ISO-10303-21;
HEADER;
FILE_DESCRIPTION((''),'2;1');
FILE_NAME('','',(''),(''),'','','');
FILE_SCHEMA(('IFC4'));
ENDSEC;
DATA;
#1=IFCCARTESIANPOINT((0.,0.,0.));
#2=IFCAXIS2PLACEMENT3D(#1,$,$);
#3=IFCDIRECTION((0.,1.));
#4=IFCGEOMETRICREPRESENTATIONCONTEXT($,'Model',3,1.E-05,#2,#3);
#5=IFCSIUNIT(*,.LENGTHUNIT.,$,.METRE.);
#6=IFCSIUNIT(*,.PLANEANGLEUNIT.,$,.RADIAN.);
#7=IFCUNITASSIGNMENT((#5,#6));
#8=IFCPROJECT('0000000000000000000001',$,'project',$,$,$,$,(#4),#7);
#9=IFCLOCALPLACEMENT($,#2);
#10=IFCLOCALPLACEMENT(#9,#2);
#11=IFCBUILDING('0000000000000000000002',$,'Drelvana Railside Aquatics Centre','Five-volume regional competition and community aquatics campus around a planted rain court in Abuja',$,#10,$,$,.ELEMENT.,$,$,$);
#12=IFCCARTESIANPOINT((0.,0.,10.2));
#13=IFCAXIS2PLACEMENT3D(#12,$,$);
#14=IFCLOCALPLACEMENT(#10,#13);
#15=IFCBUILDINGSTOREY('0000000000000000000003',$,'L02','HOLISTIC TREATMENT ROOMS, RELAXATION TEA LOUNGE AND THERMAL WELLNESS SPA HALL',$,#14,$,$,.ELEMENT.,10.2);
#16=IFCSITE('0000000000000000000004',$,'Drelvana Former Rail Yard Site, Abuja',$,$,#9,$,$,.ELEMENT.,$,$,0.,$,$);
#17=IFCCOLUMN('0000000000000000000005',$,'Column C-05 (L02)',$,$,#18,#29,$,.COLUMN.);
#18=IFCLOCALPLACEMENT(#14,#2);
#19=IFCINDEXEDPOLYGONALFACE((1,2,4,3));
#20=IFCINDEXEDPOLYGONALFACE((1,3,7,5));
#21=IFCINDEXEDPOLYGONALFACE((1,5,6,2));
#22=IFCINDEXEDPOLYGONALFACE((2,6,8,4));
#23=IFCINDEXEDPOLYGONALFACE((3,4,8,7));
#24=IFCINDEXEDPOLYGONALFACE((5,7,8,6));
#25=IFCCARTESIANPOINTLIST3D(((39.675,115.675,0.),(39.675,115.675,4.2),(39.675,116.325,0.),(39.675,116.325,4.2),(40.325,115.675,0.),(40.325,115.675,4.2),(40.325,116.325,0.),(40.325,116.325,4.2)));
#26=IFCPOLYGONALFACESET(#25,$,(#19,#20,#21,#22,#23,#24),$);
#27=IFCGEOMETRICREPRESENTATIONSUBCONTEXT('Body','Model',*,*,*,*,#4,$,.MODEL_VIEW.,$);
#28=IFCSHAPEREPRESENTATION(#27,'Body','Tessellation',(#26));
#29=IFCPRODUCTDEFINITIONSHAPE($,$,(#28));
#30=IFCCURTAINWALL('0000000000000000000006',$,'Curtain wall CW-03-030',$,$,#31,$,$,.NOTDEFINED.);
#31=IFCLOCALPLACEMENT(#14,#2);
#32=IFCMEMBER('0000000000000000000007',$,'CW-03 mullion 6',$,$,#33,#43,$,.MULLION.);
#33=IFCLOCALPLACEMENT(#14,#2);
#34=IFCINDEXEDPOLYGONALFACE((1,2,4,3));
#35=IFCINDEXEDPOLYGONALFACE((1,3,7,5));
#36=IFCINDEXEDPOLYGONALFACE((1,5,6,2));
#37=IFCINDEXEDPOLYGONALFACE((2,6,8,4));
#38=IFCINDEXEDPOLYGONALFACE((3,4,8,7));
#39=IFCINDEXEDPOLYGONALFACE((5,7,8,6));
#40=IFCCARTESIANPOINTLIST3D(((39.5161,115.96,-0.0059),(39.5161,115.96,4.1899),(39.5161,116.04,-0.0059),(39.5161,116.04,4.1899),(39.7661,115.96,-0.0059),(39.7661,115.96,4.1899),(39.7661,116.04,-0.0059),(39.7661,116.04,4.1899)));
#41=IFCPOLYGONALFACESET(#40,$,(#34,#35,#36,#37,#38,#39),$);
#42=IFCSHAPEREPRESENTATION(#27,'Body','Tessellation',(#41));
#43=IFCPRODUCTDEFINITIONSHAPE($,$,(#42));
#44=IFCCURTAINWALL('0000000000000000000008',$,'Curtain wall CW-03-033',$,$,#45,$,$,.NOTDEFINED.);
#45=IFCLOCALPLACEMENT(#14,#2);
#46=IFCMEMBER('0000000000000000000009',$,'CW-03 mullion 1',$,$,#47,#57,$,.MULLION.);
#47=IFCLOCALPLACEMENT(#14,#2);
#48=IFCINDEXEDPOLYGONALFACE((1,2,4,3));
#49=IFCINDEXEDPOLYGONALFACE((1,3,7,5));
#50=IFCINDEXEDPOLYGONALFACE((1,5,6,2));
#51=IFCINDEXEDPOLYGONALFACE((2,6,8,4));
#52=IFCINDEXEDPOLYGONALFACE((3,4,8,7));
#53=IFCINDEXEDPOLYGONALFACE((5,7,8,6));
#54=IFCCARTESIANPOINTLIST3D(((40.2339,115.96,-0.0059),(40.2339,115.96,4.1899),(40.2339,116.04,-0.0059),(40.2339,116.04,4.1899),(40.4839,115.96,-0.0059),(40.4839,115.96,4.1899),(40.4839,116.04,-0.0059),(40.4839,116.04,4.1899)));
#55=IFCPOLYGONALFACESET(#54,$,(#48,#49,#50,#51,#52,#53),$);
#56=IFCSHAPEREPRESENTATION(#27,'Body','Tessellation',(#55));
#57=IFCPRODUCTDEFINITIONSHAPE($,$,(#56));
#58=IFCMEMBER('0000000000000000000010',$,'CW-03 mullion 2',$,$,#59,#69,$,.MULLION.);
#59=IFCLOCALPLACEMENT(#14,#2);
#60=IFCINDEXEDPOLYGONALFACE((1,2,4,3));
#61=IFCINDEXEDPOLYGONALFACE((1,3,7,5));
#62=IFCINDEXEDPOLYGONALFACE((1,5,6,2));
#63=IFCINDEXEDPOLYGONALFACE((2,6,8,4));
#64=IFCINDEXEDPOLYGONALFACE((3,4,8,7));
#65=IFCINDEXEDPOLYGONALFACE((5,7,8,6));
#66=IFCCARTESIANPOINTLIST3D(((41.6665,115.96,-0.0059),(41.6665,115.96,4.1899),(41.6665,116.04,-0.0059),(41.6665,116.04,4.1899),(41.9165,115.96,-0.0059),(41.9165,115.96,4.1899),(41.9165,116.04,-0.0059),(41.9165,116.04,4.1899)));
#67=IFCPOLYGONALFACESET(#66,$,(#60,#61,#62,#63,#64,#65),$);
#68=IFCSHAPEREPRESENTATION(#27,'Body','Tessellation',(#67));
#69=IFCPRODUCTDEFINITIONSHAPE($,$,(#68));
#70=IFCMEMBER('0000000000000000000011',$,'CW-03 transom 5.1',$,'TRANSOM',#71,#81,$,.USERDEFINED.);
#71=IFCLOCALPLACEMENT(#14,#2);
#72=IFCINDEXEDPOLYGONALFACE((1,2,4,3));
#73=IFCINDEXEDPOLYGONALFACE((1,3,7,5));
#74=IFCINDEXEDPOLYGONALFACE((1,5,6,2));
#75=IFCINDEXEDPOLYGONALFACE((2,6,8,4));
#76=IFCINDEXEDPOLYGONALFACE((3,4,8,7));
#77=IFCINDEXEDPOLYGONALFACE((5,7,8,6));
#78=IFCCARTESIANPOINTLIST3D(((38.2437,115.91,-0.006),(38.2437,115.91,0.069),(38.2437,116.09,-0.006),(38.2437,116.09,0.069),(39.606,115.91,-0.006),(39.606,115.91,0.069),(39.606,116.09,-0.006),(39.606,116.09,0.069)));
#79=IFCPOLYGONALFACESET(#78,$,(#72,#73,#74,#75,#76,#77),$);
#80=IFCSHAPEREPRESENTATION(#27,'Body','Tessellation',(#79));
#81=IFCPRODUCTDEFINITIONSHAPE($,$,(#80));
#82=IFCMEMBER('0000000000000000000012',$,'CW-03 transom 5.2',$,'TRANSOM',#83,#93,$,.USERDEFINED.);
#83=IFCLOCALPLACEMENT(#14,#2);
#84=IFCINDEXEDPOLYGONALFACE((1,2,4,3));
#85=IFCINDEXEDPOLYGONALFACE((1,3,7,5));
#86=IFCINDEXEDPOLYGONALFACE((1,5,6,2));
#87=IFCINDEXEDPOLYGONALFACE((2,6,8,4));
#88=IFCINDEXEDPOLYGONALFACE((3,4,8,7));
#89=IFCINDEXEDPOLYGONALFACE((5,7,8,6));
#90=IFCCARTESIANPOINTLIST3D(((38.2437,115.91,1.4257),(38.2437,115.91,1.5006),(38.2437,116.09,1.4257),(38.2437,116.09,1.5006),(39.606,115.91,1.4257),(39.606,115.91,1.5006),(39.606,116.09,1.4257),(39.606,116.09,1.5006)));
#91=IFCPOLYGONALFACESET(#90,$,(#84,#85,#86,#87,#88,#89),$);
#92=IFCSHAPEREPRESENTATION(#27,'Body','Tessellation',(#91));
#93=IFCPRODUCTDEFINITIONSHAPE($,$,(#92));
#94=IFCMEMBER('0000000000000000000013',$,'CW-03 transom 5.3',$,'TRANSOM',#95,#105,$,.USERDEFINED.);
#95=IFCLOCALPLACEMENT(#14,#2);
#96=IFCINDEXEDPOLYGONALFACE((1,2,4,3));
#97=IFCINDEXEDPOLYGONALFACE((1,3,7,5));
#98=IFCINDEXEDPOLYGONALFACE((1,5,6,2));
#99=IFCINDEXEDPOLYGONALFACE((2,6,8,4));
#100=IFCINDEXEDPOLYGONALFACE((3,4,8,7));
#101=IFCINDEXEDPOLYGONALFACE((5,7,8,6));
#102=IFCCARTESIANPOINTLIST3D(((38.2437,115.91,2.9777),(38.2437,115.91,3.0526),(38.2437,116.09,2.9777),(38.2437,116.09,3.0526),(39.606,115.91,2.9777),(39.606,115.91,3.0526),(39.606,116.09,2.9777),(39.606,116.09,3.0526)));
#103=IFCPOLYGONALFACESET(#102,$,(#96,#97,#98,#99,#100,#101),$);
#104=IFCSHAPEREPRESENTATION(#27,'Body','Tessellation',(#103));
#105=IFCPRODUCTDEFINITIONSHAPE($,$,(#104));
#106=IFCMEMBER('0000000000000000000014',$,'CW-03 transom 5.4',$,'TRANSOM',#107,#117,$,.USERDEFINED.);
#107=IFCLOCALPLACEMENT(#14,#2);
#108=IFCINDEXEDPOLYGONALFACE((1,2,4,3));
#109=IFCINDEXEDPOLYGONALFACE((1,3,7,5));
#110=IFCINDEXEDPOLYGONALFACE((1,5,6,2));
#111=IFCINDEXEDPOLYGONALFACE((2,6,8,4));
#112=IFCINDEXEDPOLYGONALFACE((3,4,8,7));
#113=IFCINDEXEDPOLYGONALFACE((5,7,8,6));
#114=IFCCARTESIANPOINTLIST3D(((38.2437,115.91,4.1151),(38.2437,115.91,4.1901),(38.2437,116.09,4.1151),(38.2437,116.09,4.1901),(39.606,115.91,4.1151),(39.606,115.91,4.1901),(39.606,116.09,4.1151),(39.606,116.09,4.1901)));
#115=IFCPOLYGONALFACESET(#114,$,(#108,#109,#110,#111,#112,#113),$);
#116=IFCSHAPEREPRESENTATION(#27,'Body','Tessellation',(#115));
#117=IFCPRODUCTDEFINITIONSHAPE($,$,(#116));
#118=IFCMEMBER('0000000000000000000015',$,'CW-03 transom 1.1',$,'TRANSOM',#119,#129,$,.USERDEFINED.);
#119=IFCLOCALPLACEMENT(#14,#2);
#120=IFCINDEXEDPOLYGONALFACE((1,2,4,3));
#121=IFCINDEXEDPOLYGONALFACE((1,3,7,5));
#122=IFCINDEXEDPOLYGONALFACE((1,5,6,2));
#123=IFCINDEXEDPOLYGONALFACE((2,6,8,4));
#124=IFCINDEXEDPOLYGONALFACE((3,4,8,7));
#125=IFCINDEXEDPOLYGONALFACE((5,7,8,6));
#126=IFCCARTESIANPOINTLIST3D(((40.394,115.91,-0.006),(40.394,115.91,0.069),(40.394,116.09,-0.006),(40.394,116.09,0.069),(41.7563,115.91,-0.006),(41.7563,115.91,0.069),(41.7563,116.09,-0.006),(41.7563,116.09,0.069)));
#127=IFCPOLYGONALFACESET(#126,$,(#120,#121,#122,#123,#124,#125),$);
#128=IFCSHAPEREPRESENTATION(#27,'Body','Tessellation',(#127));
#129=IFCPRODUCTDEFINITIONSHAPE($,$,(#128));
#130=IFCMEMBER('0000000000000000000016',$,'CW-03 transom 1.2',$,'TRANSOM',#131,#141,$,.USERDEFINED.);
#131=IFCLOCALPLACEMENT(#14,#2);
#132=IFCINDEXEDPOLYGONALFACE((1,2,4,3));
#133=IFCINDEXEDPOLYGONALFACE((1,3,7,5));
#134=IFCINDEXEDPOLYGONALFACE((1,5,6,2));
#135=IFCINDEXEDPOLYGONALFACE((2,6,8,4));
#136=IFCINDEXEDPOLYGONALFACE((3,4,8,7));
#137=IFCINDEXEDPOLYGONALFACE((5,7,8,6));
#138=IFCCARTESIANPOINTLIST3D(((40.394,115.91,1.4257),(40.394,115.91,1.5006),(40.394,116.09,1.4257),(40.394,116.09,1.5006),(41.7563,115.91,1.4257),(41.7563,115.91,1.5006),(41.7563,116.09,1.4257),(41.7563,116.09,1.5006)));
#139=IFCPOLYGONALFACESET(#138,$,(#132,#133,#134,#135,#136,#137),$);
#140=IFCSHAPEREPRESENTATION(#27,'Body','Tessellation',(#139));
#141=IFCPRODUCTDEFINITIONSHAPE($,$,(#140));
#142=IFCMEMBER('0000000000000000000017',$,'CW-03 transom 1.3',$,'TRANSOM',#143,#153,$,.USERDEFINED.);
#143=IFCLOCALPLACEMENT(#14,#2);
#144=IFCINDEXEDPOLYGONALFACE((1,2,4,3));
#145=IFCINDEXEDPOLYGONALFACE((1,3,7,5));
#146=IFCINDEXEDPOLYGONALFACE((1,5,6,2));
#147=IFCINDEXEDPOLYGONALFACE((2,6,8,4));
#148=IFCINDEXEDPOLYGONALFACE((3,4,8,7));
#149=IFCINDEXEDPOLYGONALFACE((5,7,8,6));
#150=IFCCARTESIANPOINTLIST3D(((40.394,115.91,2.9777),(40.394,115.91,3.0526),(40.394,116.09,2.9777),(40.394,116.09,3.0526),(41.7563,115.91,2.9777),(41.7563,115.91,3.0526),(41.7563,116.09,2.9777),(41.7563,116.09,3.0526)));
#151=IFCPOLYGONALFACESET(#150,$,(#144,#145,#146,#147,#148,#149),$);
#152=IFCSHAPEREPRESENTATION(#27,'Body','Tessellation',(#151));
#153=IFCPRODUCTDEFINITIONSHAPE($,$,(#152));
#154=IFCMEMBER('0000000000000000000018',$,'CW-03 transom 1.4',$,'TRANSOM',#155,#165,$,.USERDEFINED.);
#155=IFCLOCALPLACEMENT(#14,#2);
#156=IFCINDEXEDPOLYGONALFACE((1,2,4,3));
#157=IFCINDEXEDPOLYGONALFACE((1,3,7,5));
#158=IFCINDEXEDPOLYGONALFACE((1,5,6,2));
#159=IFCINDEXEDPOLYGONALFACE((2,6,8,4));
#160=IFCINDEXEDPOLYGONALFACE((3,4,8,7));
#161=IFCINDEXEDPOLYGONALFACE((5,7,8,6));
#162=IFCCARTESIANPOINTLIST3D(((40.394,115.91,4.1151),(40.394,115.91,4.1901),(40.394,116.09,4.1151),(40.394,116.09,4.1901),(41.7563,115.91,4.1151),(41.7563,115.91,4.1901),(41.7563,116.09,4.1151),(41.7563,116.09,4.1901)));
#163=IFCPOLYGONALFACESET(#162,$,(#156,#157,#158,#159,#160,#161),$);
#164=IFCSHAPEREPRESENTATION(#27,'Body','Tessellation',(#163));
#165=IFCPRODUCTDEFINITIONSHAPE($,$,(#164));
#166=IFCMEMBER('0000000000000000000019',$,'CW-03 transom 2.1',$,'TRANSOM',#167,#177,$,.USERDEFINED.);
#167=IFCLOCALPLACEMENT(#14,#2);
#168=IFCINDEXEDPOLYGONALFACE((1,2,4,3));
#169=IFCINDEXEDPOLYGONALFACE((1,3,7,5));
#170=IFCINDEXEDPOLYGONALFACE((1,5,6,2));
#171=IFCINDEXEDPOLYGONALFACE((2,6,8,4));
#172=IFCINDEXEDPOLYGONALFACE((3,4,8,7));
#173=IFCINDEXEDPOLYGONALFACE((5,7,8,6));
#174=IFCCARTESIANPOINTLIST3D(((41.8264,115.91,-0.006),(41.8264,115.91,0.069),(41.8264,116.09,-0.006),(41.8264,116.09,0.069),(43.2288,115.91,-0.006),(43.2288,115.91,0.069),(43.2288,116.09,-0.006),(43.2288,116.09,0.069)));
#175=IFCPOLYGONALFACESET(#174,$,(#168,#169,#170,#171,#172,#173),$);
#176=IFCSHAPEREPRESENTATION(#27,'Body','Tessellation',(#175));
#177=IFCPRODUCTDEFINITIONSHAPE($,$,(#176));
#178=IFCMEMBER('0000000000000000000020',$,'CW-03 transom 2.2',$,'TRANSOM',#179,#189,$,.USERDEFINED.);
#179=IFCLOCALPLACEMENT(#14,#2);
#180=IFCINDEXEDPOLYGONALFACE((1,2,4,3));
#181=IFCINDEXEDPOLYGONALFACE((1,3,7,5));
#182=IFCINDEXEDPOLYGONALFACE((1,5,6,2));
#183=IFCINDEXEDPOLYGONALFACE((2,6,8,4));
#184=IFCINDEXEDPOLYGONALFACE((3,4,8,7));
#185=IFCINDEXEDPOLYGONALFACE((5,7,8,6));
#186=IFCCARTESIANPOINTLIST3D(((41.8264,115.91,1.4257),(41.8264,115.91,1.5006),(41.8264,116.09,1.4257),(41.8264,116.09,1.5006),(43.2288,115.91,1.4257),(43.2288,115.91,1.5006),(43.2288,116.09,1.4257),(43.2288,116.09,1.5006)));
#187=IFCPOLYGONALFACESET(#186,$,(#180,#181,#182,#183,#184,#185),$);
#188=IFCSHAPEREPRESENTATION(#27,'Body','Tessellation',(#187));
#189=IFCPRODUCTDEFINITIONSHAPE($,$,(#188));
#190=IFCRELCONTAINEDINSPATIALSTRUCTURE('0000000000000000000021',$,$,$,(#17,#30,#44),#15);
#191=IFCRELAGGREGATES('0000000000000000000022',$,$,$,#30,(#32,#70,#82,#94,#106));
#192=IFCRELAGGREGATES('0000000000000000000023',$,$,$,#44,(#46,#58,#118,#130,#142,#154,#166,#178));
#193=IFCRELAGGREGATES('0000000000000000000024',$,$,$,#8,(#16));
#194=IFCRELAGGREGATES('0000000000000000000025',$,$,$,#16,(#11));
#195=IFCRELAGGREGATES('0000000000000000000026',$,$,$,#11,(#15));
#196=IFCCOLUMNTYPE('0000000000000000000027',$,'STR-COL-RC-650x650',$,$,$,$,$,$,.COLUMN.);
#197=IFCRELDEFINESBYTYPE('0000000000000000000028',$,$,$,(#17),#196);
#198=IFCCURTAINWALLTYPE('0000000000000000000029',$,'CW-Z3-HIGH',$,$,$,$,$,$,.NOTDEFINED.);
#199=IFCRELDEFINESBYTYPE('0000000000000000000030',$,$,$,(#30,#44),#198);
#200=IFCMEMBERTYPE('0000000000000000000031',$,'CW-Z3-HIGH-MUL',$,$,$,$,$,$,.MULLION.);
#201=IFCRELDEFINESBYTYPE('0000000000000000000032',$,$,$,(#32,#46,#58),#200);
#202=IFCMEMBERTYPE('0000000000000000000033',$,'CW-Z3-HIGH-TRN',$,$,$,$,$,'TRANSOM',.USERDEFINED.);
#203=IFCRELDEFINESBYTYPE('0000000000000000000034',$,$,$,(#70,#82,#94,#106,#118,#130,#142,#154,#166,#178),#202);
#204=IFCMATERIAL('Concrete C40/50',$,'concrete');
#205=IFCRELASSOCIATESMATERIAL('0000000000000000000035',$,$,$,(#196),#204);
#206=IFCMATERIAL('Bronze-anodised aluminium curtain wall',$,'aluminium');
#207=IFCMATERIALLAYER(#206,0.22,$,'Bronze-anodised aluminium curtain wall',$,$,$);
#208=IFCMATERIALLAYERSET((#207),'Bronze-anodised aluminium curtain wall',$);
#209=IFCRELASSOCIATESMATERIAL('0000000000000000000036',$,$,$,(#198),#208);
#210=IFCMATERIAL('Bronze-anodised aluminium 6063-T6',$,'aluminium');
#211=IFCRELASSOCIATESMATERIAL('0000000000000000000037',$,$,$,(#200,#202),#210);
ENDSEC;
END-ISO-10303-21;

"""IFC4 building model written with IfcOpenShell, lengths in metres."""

from ifc_helpers import new_model, si_unit, direction, frame, origin, origin_2d, place, context, subcontext, project, spatial, rectangle, extrude, material, layer, layer_set, material_profile, profile_set, type_object, element, aggregate, save


model = new_model("IFC4")

# Units and contexts
model_context = context("Model", 3, precision=1e-05, world=origin(), true_north=direction((0.0, 1.0)))
body_context = subcontext(model_context, "Body", "Model", "MODEL_VIEW")
ifc_project = project(units=[si_unit("LENGTHUNIT", "METRE"), si_unit("PLANEANGLEUNIT", "RADIAN")], contexts=[model_context])

# Site, building, storey
site_placement = place(None, origin())
site = spatial("IfcSite", under=ifc_project, at=site_placement, Name="Drelvana Former Rail Yard Site, Abuja", CompositionType="ELEMENT", RefElevation=0.0)
building_placement = place(site_placement, origin())
building = spatial("IfcBuilding", under=site, at=building_placement, Name="Drelvana Railside Aquatics Centre", Description="Five-volume regional competition and community aquatics campus around a planted rain court in Abuja", CompositionType="ELEMENT")
storey_placement = place(building_placement, frame((0.0, 0.0, 10.2)))
storey = spatial("IfcBuildingStorey", under=building, at=storey_placement, Name="L02", Description="HOLISTIC TREATMENT ROOMS, RELAXATION TEA LOUNGE AND THERMAL WELLNESS SPA HALL", CompositionType="ELEMENT", Elevation=10.2)

# Column
ifc_material_1 = material(Name="Concrete C40/50", Category="concrete")
ifc_material_profile_1 = material_profile(ifc_material_1, rectangle(XDim=0.6499, YDim=0.6499, at=origin_2d()), Name="RC 650x650")
ifc_profile_set_1 = profile_set([ifc_material_profile_1], Name="Concrete C40/50")
column_type = type_object("IfcColumnType", Name="STR-COL-RC-650x650", PredefinedType="COLUMN", material=ifc_profile_set_1)
column_placement = place(storey_placement, frame((40.0, 116.0, 0.0), z_axis=(0.0, 0.0, 1.0), x_axis=(1.0, 0.0, 0.0)))
element("IfcColumn", 1, at=column_placement, inside=storey, type_object=column_type, Name="Column C-05 (L02)", PredefinedType="COLUMN", context=body_context, shape_type="SweptSolid", body=[
    extrude(rectangle(XDim=0.6499, YDim=0.6499, at=origin_2d()), origin(), (0.0, 0.0, 1.0), 4.2),
])

# Curtain wall, member
ifc_material_2 = material(Name="Bronze-anodised aluminium curtain wall", Category="aluminium")
ifc_layer_1 = layer(ifc_material_2, 0.22, Name="Bronze-anodised aluminium curtain wall")
ifc_layer_set_1 = layer_set([ifc_layer_1], Name="Bronze-anodised aluminium curtain wall")
curtain_wall_type = type_object("IfcCurtainWallType", Name="CW-Z3-HIGH", PredefinedType="NOTDEFINED", material=ifc_layer_set_1)
curtain_wall_1_placement = place(storey_placement, origin())
curtain_wall_1 = element("IfcCurtainWall", 2, at=curtain_wall_1_placement, inside=storey, type_object=curtain_wall_type, Name="Curtain wall CW-03-030", PredefinedType="NOTDEFINED")
ifc_material_3 = material(Name="Bronze-anodised aluminium 6063-T6", Category="aluminium")
ifc_material_profile_2 = material_profile(ifc_material_3, rectangle(XDim=0.0801, YDim=0.25, at=origin_2d()), Name="ALU-M 80x250")
ifc_profile_set_2 = profile_set([ifc_material_profile_2], Name="Bronze-anodised aluminium 6063-T6")
member_type_1 = type_object("IfcMemberType", Name="CW-Z3-HIGH-MUL", PredefinedType="MULLION", material=ifc_profile_set_2)
member_1_placement = place(storey_placement, frame((39.6411, 116.0, -0.0059), z_axis=(0.0, 0.0, 1.0), x_axis=(0.0, 1.0, 0.0)))
member_1 = element("IfcMember", 3, at=member_1_placement, type_object=member_type_1, Name="CW-03 mullion 6", PredefinedType="MULLION", context=body_context, shape_type="SweptSolid", body=[
    extrude(rectangle(XDim=0.0801, YDim=0.25, at=origin_2d()), origin(), (0.0, 0.0, 1.0), 4.1958),
])

# Curtain wall, members
curtain_wall_2_placement = place(storey_placement, origin())
curtain_wall_2 = element("IfcCurtainWall", 4, at=curtain_wall_2_placement, inside=storey, type_object=curtain_wall_type, Name="Curtain wall CW-03-033", PredefinedType="NOTDEFINED")
member_2_placement = place(storey_placement, frame((40.3589, 116.0, -0.0059), z_axis=(0.0, 0.0, 1.0), x_axis=(0.0, 1.0, 0.0)))
member_2 = element("IfcMember", 5, at=member_2_placement, type_object=member_type_1, Name="CW-03 mullion 1", PredefinedType="MULLION", context=body_context, shape_type="SweptSolid", body=[
    extrude(rectangle(XDim=0.0801, YDim=0.25, at=origin_2d()), origin(), (0.0, 0.0, 1.0), 4.1958),
])
member_3_placement = place(storey_placement, frame((41.7915, 116.0, -0.0059), z_axis=(0.0, 0.0, 1.0), x_axis=(0.0, 1.0, 0.0)))
member_3 = element("IfcMember", 6, at=member_3_placement, type_object=member_type_1, Name="CW-03 mullion 2", PredefinedType="MULLION", context=body_context, shape_type="SweptSolid", body=[
    extrude(rectangle(XDim=0.0801, YDim=0.25, at=origin_2d()), origin(), (0.0, 0.0, 1.0), 4.1958),
])

# Members
ifc_material_profile_3 = material_profile(ifc_material_3, rectangle(XDim=0.1799, YDim=0.075, at=origin_2d()), Name="ALU-T 75x180")
ifc_profile_set_3 = profile_set([ifc_material_profile_3], Name="Bronze-anodised aluminium 6063-T6")
member_type_2 = type_object("IfcMemberType", Name="CW-Z3-HIGH-TRN", ElementType="TRANSOM", PredefinedType="USERDEFINED", material=ifc_profile_set_3)
member_4_placement = place(storey_placement, frame((38.2437, 116.0, 0.0315), z_axis=(1.0, 0.0, 0.0), x_axis=(0.0, 1.0, 0.0)))
member_4 = element("IfcMember", 7, at=member_4_placement, type_object=member_type_2, Name="CW-03 transom 5.1", ObjectType="TRANSOM", PredefinedType="USERDEFINED", context=body_context, shape_type="SweptSolid", body=[
    extrude(rectangle(XDim=0.1799, YDim=0.075, at=origin_2d()), origin(), (0.0, 0.0, 1.0), 1.3623),
])
member_5_placement = place(storey_placement, frame((38.2437, 116.0, 1.4631), z_axis=(1.0, 0.0, 0.0), x_axis=(0.0, 1.0, 0.0)))
member_5 = element("IfcMember", 8, at=member_5_placement, type_object=member_type_2, Name="CW-03 transom 5.2", ObjectType="TRANSOM", PredefinedType="USERDEFINED", context=body_context, shape_type="SweptSolid", body=[
    extrude(rectangle(XDim=0.1799, YDim=0.075, at=origin_2d()), origin(), (0.0, 0.0, 1.0), 1.3623),
])
member_6_placement = place(storey_placement, frame((38.2437, 116.0, 3.0151), z_axis=(1.0, 0.0, 0.0), x_axis=(0.0, 1.0, 0.0)))
member_6 = element("IfcMember", 9, at=member_6_placement, type_object=member_type_2, Name="CW-03 transom 5.3", ObjectType="TRANSOM", PredefinedType="USERDEFINED", context=body_context, shape_type="SweptSolid", body=[
    extrude(rectangle(XDim=0.1799, YDim=0.075, at=origin_2d()), origin(), (0.0, 0.0, 1.0), 1.3623),
])
member_7_placement = place(storey_placement, frame((38.2437, 116.0, 4.1526), z_axis=(1.0, 0.0, 0.0), x_axis=(0.0, 1.0, 0.0)))
member_7 = element("IfcMember", 10, at=member_7_placement, type_object=member_type_2, Name="CW-03 transom 5.4", ObjectType="TRANSOM", PredefinedType="USERDEFINED", context=body_context, shape_type="SweptSolid", body=[
    extrude(rectangle(XDim=0.1799, YDim=0.075, at=origin_2d()), origin(), (0.0, 0.0, 1.0), 1.3623),
])
member_8_placement = place(storey_placement, frame((40.394, 116.0, 0.0315), z_axis=(1.0, 0.0, 0.0), x_axis=(0.0, 1.0, 0.0)))
member_8 = element("IfcMember", 11, at=member_8_placement, type_object=member_type_2, Name="CW-03 transom 1.1", ObjectType="TRANSOM", PredefinedType="USERDEFINED", context=body_context, shape_type="SweptSolid", body=[
    extrude(rectangle(XDim=0.1799, YDim=0.075, at=origin_2d()), origin(), (0.0, 0.0, 1.0), 1.3623),
])
member_9_placement = place(storey_placement, frame((40.394, 116.0, 1.4631), z_axis=(1.0, 0.0, 0.0), x_axis=(0.0, 1.0, 0.0)))
member_9 = element("IfcMember", 12, at=member_9_placement, type_object=member_type_2, Name="CW-03 transom 1.2", ObjectType="TRANSOM", PredefinedType="USERDEFINED", context=body_context, shape_type="SweptSolid", body=[
    extrude(rectangle(XDim=0.1799, YDim=0.075, at=origin_2d()), origin(), (0.0, 0.0, 1.0), 1.3623),
])
member_10_placement = place(storey_placement, frame((40.394, 116.0, 3.0151), z_axis=(1.0, 0.0, 0.0), x_axis=(0.0, 1.0, 0.0)))
member_10 = element("IfcMember", 13, at=member_10_placement, type_object=member_type_2, Name="CW-03 transom 1.3", ObjectType="TRANSOM", PredefinedType="USERDEFINED", context=body_context, shape_type="SweptSolid", body=[
    extrude(rectangle(XDim=0.1799, YDim=0.075, at=origin_2d()), origin(), (0.0, 0.0, 1.0), 1.3623),
])
member_11_placement = place(storey_placement, frame((40.394, 116.0, 4.1526), z_axis=(1.0, 0.0, 0.0), x_axis=(0.0, 1.0, 0.0)))
member_11 = element("IfcMember", 14, at=member_11_placement, type_object=member_type_2, Name="CW-03 transom 1.4", ObjectType="TRANSOM", PredefinedType="USERDEFINED", context=body_context, shape_type="SweptSolid", body=[
    extrude(rectangle(XDim=0.1799, YDim=0.075, at=origin_2d()), origin(), (0.0, 0.0, 1.0), 1.3623),
])
member_12_placement = place(storey_placement, frame((41.8264, 116.0, 0.0315), z_axis=(1.0, 0.0, 0.0), x_axis=(0.0, 1.0, 0.0)))
member_12 = element("IfcMember", 15, at=member_12_placement, type_object=member_type_2, Name="CW-03 transom 2.1", ObjectType="TRANSOM", PredefinedType="USERDEFINED", context=body_context, shape_type="SweptSolid", body=[
    extrude(rectangle(XDim=0.1799, YDim=0.075, at=origin_2d()), origin(), (0.0, 0.0, 1.0), 1.4023),
])
member_13_placement = place(storey_placement, frame((41.8264, 116.0, 1.4631), z_axis=(1.0, 0.0, 0.0), x_axis=(0.0, 1.0, 0.0)))
member_13 = element("IfcMember", 16, at=member_13_placement, type_object=member_type_2, Name="CW-03 transom 2.2", ObjectType="TRANSOM", PredefinedType="USERDEFINED", context=body_context, shape_type="SweptSolid", body=[
    extrude(rectangle(XDim=0.1799, YDim=0.075, at=origin_2d()), origin(), (0.0, 0.0, 1.0), 1.4023),
])

aggregate(curtain_wall_1, [member_1, member_4, member_5, member_6, member_7])
aggregate(curtain_wall_2, [member_2, member_3, member_8, member_9, member_10, member_11, member_12, member_13])

save(model, "model.ifc")
